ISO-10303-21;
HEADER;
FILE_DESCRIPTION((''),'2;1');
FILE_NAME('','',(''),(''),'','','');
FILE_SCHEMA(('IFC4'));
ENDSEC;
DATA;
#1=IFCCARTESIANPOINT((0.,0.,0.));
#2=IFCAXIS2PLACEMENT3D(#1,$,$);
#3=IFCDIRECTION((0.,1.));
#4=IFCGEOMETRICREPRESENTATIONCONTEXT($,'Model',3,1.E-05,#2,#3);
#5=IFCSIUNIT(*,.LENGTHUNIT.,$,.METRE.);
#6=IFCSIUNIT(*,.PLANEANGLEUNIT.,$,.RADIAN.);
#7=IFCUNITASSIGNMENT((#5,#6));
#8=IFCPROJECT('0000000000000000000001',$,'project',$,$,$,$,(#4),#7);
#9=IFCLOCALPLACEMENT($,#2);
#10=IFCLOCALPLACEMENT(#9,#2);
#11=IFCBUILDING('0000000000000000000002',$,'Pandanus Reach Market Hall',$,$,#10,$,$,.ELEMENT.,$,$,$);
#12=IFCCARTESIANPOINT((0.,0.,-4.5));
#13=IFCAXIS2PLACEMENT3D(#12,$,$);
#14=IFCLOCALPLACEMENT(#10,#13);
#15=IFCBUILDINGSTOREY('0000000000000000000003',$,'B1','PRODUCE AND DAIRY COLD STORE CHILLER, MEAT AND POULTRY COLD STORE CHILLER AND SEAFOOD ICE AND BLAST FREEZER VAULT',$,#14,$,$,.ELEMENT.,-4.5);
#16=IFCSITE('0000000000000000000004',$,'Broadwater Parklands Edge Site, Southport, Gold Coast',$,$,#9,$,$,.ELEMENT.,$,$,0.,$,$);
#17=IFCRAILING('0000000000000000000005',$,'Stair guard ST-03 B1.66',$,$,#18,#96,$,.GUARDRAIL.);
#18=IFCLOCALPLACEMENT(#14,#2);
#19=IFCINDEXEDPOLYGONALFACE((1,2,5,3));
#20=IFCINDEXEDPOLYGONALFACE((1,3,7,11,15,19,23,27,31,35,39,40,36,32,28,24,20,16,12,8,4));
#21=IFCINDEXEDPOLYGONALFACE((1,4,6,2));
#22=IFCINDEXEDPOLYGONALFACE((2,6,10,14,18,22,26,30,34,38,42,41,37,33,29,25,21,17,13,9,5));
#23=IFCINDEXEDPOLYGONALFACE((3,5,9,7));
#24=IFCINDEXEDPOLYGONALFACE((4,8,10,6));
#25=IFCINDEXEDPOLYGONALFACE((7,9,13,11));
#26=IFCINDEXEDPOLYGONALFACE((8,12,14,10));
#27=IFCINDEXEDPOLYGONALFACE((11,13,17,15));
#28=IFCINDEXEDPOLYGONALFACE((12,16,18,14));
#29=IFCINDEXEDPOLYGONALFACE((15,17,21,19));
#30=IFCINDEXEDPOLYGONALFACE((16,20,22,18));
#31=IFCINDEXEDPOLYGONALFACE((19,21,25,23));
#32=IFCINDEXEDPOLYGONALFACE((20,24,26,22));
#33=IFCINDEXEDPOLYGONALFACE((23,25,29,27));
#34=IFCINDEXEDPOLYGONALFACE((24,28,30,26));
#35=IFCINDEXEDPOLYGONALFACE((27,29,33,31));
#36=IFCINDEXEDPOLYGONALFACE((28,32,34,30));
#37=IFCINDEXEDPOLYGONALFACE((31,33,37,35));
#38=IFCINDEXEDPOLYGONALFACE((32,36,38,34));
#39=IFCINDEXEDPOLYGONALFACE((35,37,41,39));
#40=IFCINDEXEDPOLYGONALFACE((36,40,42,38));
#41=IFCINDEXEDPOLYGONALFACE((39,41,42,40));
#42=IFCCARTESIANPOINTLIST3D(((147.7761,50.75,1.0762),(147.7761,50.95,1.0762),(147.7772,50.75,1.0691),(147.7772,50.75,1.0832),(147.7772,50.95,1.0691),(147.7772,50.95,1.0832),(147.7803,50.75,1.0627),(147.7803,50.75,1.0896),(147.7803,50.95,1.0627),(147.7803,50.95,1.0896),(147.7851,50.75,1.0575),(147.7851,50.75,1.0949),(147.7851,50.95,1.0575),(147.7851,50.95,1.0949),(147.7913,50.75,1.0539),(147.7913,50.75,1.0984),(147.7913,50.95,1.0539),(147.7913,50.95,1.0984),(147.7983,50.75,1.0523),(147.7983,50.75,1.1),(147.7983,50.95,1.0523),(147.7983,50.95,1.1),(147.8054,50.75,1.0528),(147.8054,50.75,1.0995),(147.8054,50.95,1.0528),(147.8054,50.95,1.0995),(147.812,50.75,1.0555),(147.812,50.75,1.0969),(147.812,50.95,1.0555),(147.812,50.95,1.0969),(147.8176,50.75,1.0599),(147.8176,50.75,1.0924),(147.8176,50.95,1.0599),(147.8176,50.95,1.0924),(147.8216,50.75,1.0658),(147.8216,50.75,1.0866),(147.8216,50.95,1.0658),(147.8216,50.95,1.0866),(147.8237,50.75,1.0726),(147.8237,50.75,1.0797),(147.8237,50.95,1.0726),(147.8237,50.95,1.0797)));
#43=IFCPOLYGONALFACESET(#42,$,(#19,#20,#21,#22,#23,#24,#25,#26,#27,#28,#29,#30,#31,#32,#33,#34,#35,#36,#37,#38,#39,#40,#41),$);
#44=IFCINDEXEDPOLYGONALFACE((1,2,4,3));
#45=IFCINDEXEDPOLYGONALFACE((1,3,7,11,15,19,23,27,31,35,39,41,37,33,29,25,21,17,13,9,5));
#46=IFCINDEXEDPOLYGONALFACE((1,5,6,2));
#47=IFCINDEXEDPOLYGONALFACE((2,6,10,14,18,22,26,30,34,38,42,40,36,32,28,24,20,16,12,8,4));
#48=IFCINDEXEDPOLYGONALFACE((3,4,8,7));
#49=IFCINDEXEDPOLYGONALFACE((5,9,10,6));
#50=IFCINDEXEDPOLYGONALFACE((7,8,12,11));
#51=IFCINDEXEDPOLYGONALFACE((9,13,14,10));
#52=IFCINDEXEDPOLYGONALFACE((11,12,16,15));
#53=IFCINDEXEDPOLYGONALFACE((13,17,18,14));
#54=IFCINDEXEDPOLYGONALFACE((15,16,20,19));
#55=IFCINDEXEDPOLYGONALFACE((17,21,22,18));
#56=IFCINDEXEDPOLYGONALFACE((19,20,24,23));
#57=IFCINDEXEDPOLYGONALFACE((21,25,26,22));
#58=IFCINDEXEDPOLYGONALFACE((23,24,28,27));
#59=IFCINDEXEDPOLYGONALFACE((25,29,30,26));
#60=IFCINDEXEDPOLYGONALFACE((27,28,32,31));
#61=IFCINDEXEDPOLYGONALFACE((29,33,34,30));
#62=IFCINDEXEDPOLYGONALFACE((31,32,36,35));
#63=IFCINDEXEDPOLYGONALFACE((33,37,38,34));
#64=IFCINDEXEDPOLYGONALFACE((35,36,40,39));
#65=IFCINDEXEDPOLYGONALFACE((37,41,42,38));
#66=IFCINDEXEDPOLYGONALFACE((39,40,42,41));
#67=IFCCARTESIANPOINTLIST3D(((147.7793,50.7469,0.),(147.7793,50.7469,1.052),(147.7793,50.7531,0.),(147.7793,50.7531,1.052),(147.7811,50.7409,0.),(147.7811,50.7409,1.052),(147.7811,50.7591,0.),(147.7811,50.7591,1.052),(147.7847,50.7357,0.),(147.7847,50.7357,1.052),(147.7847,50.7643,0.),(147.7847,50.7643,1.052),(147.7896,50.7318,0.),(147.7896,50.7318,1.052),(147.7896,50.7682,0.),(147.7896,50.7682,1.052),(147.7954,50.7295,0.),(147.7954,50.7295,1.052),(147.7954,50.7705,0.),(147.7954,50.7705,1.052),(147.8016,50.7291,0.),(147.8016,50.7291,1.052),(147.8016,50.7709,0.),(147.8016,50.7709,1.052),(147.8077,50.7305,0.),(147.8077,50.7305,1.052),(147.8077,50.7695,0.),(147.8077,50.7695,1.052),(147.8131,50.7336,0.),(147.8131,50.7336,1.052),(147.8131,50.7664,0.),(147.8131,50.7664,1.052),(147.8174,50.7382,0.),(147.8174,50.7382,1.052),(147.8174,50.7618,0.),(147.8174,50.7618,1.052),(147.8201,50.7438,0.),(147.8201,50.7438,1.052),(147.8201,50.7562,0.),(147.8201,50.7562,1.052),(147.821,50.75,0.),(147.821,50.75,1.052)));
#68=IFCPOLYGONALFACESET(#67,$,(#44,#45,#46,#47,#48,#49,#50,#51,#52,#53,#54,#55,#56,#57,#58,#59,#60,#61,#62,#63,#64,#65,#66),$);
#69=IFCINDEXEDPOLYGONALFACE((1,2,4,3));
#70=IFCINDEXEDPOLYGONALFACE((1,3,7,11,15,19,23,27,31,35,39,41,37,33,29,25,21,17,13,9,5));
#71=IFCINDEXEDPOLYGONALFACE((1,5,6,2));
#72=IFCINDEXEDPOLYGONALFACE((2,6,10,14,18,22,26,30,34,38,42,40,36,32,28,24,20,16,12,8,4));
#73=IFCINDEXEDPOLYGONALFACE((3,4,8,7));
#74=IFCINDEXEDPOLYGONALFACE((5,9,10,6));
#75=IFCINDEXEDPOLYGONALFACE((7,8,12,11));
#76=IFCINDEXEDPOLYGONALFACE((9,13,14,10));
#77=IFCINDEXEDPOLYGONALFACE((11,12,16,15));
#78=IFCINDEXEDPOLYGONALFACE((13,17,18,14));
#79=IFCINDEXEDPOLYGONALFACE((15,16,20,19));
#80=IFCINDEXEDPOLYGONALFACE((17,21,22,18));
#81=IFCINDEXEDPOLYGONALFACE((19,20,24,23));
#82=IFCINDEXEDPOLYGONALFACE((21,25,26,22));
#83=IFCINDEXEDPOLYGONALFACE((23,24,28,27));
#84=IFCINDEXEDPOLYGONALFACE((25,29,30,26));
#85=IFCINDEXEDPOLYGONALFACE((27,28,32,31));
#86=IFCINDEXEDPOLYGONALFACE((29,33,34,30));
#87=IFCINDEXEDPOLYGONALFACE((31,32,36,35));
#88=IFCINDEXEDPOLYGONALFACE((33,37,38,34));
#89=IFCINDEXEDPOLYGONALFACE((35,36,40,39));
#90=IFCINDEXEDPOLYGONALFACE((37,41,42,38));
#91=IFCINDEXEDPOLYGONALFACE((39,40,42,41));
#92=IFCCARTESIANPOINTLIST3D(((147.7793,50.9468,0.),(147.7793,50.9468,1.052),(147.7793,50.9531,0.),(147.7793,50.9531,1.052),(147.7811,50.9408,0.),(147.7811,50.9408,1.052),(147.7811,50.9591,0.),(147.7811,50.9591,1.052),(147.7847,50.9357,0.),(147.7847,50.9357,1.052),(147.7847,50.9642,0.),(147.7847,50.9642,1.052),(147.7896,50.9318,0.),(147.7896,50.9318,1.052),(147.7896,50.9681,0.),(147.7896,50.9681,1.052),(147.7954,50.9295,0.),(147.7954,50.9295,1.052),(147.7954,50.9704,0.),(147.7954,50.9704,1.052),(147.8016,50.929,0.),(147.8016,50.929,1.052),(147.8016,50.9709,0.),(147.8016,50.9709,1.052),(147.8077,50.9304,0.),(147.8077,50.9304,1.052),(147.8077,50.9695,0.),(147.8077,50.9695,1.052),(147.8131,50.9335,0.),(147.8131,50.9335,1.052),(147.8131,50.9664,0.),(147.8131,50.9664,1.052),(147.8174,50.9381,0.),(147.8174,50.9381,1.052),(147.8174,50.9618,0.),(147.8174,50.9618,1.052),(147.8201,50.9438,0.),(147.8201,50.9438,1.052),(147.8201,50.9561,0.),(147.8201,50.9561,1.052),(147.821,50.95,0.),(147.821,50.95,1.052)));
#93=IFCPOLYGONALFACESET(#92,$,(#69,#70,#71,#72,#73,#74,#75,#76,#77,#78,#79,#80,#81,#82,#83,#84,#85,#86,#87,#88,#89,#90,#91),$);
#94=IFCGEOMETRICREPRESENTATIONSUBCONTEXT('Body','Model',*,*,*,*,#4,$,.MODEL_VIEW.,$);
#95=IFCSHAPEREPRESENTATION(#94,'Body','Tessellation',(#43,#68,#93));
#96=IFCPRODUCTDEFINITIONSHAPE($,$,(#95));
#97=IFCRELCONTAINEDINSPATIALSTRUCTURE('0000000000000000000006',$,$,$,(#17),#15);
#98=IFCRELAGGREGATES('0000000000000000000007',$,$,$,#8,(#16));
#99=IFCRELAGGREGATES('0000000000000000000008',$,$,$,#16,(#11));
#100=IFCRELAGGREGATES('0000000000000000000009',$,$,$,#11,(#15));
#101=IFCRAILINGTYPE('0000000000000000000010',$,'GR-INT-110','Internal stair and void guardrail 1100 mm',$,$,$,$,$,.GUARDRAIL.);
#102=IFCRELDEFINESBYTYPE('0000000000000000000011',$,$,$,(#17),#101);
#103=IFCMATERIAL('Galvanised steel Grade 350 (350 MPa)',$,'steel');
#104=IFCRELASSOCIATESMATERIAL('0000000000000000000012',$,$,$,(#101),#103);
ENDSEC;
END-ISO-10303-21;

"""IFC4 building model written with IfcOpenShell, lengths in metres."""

from ifc_helpers import new_model, si_unit, direction, frame, origin, origin_2d, place, context, subcontext, project, spatial, circle, extrude, material, type_object, element, save


model = new_model("IFC4")

# Units and contexts
model_context = context("Model", 3, precision=1e-05, world=origin(), true_north=direction((0.0, 1.0)))
body_context = subcontext(model_context, "Body", "Model", "MODEL_VIEW")
ifc_project = project(units=[si_unit("LENGTHUNIT", "METRE"), si_unit("PLANEANGLEUNIT", "RADIAN")], contexts=[model_context])

# Site, building, storey
site_placement = place(None, origin())
site = spatial("IfcSite", under=ifc_project, at=site_placement, Name="Broadwater Parklands Edge Site, Southport, Gold Coast", CompositionType="ELEMENT", RefElevation=0.0)
building_placement = place(site_placement, origin())
building = spatial("IfcBuilding", under=site, at=building_placement, Name="Pandanus Reach Market Hall", CompositionType="ELEMENT")
storey_placement = place(building_placement, frame((0.0, 0.0, -4.5)))
storey = spatial("IfcBuildingStorey", under=building, at=storey_placement, Name="B1", Description="PRODUCE AND DAIRY COLD STORE CHILLER, MEAT AND POULTRY COLD STORE CHILLER AND SEAFOOD ICE AND BLAST FREEZER VAULT", CompositionType="ELEMENT", Elevation=-4.5)

# Railing
ifc_material_1 = material(Name="Galvanised steel Grade 350 (350 MPa)", Category="steel")
railing_type_1 = type_object("IfcRailingType", Name="GR-INT-110", Description="Internal stair and void guardrail 1100 mm", PredefinedType="GUARDRAIL", material=ifc_material_1)
railing_1_placement = place(storey_placement, frame((147.8, 50.75, 0.0)))
element("IfcRailing", 1, at=railing_1_placement, inside=storey, type_object=railing_type_1, Name="Stair guard ST-03 B1.66", PredefinedType="GUARDRAIL", context=body_context, shape_type="SweptSolid", body=[
    extrude(circle(Radius=0.0239, at=origin_2d()), frame((0.0, 0.0, 1.0762), z_axis=(0.0, 1.0, 0.0), x_axis=(-1.0, 0.0, 0.0)), (0.0, 0.0, 1.0), 0.2),
    extrude(circle(Radius=0.021, at=origin_2d()), origin(), (0.0, 0.0, 1.0), 1.052),
    extrude(circle(Radius=0.021, at=origin_2d()), frame((0.0, 0.2, 0.0)), (0.0, 0.0, 1.0), 1.052),
])

save(model, "model.ifc")
